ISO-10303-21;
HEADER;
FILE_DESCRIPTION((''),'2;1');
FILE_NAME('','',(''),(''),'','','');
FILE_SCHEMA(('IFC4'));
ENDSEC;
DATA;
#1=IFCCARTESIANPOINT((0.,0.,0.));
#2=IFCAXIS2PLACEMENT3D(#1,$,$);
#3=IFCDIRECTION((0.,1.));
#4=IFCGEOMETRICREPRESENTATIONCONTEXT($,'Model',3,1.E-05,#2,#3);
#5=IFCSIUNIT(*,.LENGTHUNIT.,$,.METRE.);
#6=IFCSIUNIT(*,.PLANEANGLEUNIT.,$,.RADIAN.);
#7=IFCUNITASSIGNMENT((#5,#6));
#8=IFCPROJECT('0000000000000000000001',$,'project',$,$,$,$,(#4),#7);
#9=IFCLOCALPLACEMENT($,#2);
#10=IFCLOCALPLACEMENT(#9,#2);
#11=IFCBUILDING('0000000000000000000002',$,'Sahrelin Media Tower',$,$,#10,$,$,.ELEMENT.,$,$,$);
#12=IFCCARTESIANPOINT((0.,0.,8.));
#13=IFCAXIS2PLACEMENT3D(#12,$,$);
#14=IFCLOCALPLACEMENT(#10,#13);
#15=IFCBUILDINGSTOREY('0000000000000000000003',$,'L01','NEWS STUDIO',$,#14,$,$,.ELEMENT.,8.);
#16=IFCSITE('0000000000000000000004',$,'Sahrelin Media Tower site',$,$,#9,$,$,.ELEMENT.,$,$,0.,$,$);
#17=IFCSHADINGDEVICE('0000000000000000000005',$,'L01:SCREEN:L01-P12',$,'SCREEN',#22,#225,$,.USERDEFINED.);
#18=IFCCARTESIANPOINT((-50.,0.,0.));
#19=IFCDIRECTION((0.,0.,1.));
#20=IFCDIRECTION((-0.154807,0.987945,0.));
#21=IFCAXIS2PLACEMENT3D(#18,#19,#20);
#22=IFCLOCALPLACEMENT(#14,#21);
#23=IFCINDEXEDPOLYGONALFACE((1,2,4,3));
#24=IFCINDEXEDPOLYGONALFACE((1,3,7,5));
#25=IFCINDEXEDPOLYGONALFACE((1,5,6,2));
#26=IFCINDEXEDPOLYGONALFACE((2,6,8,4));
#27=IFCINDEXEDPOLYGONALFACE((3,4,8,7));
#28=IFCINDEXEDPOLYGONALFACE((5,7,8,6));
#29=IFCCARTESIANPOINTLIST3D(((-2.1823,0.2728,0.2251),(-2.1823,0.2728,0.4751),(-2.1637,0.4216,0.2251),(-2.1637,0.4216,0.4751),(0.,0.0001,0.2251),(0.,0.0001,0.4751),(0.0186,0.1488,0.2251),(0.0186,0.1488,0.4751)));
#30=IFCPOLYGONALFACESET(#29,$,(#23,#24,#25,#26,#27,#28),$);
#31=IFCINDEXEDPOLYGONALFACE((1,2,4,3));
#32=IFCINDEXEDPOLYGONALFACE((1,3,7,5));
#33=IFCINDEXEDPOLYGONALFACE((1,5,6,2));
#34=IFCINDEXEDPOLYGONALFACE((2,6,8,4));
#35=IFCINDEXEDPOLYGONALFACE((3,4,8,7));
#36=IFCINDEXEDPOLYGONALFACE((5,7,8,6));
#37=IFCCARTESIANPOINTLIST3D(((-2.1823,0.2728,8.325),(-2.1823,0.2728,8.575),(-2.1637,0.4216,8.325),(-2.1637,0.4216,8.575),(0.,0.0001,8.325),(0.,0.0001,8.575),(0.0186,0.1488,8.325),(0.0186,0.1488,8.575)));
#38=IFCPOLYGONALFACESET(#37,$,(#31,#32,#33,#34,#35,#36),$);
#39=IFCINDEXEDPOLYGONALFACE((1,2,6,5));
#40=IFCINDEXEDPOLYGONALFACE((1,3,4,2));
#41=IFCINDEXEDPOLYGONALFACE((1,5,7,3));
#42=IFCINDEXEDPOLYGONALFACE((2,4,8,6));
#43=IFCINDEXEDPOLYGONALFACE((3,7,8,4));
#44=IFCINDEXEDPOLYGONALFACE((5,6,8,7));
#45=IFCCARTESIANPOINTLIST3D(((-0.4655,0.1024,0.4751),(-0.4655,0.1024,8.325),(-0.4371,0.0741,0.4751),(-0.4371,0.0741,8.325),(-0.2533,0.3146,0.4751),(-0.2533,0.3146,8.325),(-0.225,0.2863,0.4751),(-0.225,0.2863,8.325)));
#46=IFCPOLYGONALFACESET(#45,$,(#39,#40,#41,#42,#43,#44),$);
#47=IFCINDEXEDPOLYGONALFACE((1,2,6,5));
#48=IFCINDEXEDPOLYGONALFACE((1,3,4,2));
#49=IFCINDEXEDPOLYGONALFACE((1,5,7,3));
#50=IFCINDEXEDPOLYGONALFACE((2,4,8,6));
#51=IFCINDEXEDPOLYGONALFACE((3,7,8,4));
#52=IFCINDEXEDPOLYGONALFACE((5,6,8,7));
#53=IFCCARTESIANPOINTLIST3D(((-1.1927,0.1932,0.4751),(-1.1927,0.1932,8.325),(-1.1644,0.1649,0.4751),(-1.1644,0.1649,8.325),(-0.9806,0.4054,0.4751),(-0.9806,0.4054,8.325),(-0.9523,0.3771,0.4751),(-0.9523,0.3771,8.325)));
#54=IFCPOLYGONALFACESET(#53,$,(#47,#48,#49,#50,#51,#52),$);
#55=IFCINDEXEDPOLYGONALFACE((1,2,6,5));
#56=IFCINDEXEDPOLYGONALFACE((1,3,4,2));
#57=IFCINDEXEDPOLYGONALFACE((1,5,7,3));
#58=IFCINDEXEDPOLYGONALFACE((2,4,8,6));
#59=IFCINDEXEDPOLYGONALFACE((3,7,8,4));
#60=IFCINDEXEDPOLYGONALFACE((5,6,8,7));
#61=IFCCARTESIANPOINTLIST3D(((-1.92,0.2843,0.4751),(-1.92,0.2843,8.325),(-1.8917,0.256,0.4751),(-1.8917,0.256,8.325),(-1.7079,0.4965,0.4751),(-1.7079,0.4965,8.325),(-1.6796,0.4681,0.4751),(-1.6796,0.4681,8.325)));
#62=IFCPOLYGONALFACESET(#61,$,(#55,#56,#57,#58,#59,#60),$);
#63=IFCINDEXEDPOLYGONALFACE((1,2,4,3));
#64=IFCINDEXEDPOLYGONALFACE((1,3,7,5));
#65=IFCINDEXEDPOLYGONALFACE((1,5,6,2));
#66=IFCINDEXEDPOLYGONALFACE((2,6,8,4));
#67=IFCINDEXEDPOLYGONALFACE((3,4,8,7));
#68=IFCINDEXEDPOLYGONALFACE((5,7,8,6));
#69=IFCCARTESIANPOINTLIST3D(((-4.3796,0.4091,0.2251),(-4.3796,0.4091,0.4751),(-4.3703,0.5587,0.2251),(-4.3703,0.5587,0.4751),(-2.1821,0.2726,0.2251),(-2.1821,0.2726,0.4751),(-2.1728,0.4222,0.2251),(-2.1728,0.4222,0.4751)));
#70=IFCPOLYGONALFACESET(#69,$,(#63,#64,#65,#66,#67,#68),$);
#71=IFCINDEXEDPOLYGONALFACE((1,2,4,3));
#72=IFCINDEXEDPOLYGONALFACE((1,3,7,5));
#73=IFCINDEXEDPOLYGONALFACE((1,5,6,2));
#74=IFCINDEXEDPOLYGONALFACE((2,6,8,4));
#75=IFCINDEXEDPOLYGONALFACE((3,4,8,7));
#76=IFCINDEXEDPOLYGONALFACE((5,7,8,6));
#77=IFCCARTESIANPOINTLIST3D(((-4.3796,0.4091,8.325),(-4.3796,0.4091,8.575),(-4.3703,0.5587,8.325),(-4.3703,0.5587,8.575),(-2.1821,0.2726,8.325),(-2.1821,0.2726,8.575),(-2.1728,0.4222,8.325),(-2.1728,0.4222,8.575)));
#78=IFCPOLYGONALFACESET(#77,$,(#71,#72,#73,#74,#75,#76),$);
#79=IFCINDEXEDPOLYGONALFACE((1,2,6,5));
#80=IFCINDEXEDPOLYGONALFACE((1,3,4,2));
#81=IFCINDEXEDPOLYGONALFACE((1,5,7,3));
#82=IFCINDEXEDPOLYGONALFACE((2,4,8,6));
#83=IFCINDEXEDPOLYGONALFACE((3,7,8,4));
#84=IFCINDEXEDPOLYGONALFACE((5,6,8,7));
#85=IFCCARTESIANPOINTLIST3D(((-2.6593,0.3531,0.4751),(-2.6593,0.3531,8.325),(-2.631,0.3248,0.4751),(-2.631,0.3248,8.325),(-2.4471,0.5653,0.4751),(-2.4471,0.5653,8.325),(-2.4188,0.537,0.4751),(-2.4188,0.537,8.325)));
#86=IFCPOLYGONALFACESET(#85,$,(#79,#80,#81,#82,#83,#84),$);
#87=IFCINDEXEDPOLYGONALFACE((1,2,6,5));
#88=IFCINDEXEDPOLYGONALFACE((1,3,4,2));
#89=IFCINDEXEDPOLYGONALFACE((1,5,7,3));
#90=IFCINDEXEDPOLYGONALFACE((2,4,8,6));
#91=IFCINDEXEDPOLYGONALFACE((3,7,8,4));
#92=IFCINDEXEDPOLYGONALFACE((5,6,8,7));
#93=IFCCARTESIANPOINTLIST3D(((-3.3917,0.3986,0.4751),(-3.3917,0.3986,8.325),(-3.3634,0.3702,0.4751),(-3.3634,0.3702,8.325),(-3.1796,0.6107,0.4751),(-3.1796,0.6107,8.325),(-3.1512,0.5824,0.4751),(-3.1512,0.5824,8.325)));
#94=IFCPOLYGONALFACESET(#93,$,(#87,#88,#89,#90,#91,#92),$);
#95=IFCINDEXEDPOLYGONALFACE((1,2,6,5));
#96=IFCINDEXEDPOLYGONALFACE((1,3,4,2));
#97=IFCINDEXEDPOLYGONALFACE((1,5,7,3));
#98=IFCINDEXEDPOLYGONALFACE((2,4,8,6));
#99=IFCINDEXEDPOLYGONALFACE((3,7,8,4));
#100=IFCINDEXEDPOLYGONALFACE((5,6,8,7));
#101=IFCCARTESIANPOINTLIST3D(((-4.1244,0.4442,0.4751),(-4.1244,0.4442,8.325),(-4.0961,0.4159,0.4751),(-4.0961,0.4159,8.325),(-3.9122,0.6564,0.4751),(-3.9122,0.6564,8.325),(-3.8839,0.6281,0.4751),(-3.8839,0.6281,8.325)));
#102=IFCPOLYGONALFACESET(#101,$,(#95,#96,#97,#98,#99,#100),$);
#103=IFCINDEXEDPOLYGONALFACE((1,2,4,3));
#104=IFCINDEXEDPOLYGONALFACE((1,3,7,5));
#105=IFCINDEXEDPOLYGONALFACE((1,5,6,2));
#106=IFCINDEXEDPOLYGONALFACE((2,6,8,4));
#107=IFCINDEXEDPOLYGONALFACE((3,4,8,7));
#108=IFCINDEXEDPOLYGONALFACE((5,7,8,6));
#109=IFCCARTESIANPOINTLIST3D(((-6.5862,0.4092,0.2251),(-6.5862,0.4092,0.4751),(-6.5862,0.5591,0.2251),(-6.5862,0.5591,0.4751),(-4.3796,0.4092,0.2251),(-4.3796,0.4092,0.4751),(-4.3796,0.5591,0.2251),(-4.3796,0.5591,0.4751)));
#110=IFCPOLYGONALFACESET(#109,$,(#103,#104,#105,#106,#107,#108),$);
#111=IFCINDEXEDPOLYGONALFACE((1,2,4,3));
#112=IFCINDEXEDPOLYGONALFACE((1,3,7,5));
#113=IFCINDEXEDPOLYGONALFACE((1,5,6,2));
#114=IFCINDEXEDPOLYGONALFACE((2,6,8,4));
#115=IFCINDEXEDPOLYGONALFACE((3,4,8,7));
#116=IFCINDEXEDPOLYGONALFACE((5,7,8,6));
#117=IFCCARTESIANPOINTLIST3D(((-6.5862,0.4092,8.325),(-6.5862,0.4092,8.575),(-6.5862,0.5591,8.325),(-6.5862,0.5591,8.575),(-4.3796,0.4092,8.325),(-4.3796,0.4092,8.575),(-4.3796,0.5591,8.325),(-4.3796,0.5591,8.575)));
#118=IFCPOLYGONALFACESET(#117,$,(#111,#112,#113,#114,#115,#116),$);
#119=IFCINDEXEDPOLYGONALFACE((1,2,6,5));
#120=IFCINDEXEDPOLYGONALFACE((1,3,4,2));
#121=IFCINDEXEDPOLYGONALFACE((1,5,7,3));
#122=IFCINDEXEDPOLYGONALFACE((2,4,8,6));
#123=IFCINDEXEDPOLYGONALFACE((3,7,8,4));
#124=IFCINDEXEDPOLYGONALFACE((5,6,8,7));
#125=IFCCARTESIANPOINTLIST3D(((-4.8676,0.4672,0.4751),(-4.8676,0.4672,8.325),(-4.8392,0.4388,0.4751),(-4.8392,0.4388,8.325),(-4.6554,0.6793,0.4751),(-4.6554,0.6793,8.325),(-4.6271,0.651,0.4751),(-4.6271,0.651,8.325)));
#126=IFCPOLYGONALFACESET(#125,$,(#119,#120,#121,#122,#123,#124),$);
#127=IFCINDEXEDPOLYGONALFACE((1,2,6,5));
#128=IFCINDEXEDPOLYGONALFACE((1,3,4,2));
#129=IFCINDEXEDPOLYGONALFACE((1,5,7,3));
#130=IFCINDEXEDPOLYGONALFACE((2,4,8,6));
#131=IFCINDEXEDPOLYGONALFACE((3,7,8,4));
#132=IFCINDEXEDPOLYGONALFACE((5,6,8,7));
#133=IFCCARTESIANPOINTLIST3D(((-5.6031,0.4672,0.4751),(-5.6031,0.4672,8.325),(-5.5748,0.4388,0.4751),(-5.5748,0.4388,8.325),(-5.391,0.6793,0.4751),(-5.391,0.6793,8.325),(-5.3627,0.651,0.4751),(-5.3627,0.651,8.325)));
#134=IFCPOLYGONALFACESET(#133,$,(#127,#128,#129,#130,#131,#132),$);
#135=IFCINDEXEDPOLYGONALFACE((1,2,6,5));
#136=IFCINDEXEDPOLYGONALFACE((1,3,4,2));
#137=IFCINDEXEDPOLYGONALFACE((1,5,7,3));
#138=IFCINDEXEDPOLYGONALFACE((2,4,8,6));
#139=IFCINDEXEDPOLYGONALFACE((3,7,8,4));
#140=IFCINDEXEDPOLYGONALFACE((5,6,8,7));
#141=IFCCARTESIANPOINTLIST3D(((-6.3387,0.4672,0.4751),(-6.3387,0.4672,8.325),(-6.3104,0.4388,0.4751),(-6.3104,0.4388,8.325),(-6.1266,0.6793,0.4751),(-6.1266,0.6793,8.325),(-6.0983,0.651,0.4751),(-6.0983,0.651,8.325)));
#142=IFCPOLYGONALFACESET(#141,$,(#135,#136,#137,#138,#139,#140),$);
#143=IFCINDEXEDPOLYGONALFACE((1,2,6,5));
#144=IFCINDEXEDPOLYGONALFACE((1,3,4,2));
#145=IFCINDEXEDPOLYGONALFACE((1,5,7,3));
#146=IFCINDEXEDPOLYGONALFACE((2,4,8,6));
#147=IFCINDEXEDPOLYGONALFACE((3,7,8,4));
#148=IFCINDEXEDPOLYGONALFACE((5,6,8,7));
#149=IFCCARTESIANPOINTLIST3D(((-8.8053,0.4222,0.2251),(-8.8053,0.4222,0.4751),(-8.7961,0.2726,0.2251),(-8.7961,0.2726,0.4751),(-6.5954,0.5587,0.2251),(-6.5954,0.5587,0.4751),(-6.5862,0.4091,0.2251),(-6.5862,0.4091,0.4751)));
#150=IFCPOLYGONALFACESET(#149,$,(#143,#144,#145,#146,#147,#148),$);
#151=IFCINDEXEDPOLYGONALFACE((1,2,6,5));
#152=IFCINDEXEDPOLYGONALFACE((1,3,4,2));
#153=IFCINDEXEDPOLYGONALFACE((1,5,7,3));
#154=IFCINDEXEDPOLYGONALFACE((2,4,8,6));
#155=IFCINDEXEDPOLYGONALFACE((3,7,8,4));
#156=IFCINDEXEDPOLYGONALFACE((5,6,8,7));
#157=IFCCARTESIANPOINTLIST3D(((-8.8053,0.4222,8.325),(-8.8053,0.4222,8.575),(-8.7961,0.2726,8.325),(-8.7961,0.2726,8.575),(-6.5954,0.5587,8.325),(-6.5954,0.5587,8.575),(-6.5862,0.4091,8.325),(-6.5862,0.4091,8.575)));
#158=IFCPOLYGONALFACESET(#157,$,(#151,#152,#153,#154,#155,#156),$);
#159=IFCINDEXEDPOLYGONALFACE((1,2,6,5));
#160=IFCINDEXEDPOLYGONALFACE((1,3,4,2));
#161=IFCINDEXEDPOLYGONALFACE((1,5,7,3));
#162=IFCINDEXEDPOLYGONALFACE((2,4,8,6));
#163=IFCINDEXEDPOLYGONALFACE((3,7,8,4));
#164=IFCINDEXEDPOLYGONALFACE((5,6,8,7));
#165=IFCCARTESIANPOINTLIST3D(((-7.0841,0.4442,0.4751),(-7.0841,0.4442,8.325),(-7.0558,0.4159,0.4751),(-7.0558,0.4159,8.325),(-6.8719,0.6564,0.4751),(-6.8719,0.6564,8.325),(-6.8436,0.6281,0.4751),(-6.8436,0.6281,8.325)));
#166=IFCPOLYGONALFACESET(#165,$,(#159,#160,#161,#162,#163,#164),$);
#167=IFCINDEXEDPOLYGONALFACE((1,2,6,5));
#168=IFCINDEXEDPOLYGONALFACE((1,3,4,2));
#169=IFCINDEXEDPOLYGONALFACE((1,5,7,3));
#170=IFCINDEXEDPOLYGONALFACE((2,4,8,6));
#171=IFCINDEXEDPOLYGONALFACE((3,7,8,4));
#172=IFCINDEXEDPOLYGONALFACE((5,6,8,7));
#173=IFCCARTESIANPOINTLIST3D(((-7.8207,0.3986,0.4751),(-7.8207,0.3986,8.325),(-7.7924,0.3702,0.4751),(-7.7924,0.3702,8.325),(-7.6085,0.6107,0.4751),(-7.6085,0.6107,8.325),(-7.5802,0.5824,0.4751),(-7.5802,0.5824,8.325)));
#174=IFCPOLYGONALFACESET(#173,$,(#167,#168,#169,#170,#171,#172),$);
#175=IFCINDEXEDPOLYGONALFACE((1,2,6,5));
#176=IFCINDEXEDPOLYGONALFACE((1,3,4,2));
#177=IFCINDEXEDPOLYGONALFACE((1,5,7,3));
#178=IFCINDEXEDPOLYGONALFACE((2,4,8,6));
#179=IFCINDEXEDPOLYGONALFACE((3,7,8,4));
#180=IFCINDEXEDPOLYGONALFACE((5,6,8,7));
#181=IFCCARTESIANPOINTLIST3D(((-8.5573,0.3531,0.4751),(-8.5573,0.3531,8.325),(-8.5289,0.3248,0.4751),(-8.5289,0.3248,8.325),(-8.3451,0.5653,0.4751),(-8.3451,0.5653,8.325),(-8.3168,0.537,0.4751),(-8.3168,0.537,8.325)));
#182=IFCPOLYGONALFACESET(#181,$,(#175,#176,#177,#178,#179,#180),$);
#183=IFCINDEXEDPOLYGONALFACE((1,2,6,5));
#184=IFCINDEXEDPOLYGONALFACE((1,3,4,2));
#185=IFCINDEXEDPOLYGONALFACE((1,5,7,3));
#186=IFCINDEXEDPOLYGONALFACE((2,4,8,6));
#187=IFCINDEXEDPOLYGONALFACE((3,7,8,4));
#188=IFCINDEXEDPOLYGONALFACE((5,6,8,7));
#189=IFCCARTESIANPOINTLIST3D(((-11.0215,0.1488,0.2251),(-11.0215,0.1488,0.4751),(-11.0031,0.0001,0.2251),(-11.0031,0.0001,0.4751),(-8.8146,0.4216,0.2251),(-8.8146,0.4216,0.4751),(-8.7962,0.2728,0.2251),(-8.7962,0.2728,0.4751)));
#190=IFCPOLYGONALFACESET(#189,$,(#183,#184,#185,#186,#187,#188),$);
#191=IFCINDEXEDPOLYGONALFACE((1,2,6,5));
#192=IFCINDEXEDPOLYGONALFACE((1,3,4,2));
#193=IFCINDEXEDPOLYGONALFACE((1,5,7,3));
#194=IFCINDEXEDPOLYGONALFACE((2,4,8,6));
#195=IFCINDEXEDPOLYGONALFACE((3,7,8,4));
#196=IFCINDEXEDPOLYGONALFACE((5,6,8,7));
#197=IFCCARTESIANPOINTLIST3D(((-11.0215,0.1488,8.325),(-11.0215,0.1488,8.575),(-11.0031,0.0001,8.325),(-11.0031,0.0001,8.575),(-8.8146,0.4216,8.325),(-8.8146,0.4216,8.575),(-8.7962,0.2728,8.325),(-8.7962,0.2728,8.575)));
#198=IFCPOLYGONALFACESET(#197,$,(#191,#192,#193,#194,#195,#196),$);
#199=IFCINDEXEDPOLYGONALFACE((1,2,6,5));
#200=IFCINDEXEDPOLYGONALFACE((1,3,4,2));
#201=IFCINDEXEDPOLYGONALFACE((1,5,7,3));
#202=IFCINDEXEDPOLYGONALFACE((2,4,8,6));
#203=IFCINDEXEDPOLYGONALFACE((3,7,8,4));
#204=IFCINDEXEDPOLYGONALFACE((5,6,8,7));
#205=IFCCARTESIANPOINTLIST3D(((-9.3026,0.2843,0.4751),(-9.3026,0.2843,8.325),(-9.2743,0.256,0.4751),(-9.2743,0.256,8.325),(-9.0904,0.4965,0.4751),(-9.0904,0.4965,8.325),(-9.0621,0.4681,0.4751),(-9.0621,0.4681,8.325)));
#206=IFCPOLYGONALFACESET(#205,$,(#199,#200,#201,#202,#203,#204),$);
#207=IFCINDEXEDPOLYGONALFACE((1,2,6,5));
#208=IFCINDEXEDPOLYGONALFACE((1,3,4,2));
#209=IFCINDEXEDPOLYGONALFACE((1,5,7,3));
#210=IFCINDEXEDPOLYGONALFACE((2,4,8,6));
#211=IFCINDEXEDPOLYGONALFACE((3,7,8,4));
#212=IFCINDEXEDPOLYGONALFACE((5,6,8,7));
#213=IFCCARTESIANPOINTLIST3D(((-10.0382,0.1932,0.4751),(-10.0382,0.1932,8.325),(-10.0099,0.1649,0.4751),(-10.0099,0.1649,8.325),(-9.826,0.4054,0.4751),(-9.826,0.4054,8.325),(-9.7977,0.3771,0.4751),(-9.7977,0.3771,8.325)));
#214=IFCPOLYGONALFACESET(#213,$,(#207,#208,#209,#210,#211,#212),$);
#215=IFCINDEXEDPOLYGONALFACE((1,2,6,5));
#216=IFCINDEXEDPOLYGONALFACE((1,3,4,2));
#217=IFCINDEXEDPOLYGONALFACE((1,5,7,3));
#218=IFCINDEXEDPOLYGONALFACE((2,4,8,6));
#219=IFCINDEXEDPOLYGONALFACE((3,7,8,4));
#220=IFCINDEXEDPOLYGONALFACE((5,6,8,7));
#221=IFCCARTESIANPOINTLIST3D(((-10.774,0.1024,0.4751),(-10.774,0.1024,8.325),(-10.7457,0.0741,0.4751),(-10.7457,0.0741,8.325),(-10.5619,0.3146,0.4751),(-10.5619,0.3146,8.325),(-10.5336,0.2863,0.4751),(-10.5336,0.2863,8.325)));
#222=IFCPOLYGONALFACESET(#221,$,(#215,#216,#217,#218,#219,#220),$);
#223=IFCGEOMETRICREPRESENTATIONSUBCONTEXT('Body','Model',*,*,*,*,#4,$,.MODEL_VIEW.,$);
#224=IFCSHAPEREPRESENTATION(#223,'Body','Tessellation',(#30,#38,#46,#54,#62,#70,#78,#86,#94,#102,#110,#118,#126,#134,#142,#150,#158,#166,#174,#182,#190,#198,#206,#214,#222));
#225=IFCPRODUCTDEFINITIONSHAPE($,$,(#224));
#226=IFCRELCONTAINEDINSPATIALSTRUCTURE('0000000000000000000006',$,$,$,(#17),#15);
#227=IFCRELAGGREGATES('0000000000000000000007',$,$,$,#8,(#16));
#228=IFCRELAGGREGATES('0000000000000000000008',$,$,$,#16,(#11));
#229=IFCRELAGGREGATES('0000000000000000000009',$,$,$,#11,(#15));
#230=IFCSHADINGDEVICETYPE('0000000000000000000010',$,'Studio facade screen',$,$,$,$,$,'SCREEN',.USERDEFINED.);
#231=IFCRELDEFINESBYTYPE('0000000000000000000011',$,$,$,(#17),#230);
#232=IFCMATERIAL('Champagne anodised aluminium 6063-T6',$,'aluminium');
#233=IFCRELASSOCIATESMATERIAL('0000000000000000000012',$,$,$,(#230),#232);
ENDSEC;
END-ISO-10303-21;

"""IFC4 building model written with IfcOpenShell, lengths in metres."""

from ifc_helpers import new_model, si_unit, direction, frame, origin, origin_2d, place, context, subcontext, project, spatial, rectangle, extrude, material, type_object, element, save


model = new_model("IFC4")

# Units and contexts
model_context = context("Model", 3, precision=1e-05, world=origin(), true_north=direction((0.0, 1.0)))
body_context = subcontext(model_context, "Body", "Model", "MODEL_VIEW")
ifc_project = project(units=[si_unit("LENGTHUNIT", "METRE"), si_unit("PLANEANGLEUNIT", "RADIAN")], contexts=[model_context])

# Site, building, storey
site_placement = place(None, origin())
site = spatial("IfcSite", under=ifc_project, at=site_placement, Name="Sahrelin Media Tower site", CompositionType="ELEMENT", RefElevation=0.0)
building_placement = place(site_placement, origin())
building = spatial("IfcBuilding", under=site, at=building_placement, Name="Sahrelin Media Tower", CompositionType="ELEMENT")
storey_placement = place(building_placement, frame((0.0, 0.0, 8.0)))
storey = spatial("IfcBuildingStorey", under=building, at=storey_placement, Name="L01", Description="NEWS STUDIO", CompositionType="ELEMENT", Elevation=8.0)

# Shading device
ifc_material_1 = material(Name="Champagne anodised aluminium 6063-T6", Category="aluminium")
shading_device_type = type_object("IfcShadingDeviceType", Name="Studio facade screen", ElementType="SCREEN", PredefinedType="USERDEFINED", material=ifc_material_1)
shading_device_1_placement = place(storey_placement, frame((-50.0, 0.0, 0.0), z_axis=(0.0, 0.0, 1.0), x_axis=(-0.154807, 0.987945, 0.0)))
element("IfcShadingDevice", 1, at=shading_device_1_placement, inside=storey, type_object=shading_device_type, Name="L01:SCREEN:L01-P12", ObjectType="SCREEN", PredefinedType="USERDEFINED", context=body_context, shape_type="SweptSolid", body=[
    extrude(rectangle(XDim=0.1499, YDim=0.25, at=origin_2d()), frame((0.0093, 0.0745, 0.3501), z_axis=(-0.992281, 0.124007, 0.0), x_axis=(-0.124007, -0.992281, 0.0)), (0.0, 0.0, 1.0), 2.1992),
    extrude(rectangle(XDim=0.1499, YDim=0.25, at=origin_2d()), frame((0.0093, 0.0745, 8.45), z_axis=(-0.992281, 0.124007, 0.0), x_axis=(-0.124007, -0.992281, 0.0)), (0.0, 0.0, 1.0), 2.1992),
    extrude(rectangle(XDim=0.3, YDim=0.04, at=origin_2d()), frame((-0.3452, 0.1943, 0.4751), z_axis=(0.0, 0.0, 1.0), x_axis=(0.707107, 0.707107, 0.0)), (0.0, 0.0, 1.0), 7.8499),
    extrude(rectangle(XDim=0.3, YDim=0.04, at=origin_2d()), frame((-1.0725, 0.2852, 0.4751), z_axis=(0.0, 0.0, 1.0), x_axis=(0.707107, 0.707107, 0.0)), (0.0, 0.0, 1.0), 7.8499),
    extrude(rectangle(XDim=0.3, YDim=0.04, at=origin_2d()), frame((-1.7998, 0.3762, 0.4751), z_axis=(0.0, 0.0, 1.0), x_axis=(0.707107, 0.707107, 0.0)), (0.0, 0.0, 1.0), 7.8499),
    extrude(rectangle(XDim=0.1499, YDim=0.25, at=origin_2d()), frame((-2.1775, 0.3474, 0.3501), z_axis=(-0.998077, 0.061985, 0.0), x_axis=(-0.061985, -0.998077, 0.0)), (0.0, 0.0, 1.0), 2.2017),
    extrude(rectangle(XDim=0.1499, YDim=0.25, at=origin_2d()), frame((-2.1775, 0.3474, 8.45), z_axis=(-0.998077, 0.061985, 0.0), x_axis=(-0.061985, -0.998077, 0.0)), (0.0, 0.0, 1.0), 2.2017),
    extrude(rectangle(XDim=0.3, YDim=0.04, at=origin_2d()), frame((-2.5391, 0.4451, 0.4751), z_axis=(0.0, 0.0, 1.0), x_axis=(0.707107, 0.707107, 0.0)), (0.0, 0.0, 1.0), 7.8499),
    extrude(rectangle(XDim=0.3, YDim=0.04, at=origin_2d()), frame((-3.2715, 0.4905, 0.4751), z_axis=(0.0, 0.0, 1.0), x_axis=(0.707107, 0.707107, 0.0)), (0.0, 0.0, 1.0), 7.8499),
    extrude(rectangle(XDim=0.3, YDim=0.04, at=origin_2d()), frame((-4.0042, 0.5361, 0.4751), z_axis=(0.0, 0.0, 1.0), x_axis=(0.707107, 0.707107, 0.0)), (0.0, 0.0, 1.0), 7.8499),
    extrude(rectangle(XDim=0.1499, YDim=0.25, at=origin_2d()), frame((-4.3796, 0.4841, 0.3501), z_axis=(-1.0, 0.0, 0.0), x_axis=(0.0, -1.0, 0.0)), (0.0, 0.0, 1.0), 2.2065),
    extrude(rectangle(XDim=0.1499, YDim=0.25, at=origin_2d()), frame((-4.3796, 0.4841, 8.45), z_axis=(-1.0, 0.0, 0.0), x_axis=(0.0, -1.0, 0.0)), (0.0, 0.0, 1.0), 2.2065),
    extrude(rectangle(XDim=0.3, YDim=0.04, at=origin_2d()), frame((-4.7473, 0.5591, 0.4751), z_axis=(0.0, 0.0, 1.0), x_axis=(0.707107, 0.707107, 0.0)), (0.0, 0.0, 1.0), 7.8499),
    extrude(rectangle(XDim=0.3, YDim=0.04, at=origin_2d()), frame((-5.4829, 0.5591, 0.4751), z_axis=(0.0, 0.0, 1.0), x_axis=(0.707107, 0.707107, 0.0)), (0.0, 0.0, 1.0), 7.8499),
    extrude(rectangle(XDim=0.3, YDim=0.04, at=origin_2d()), frame((-6.2185, 0.5591, 0.4751), z_axis=(0.0, 0.0, 1.0), x_axis=(0.707107, 0.707107, 0.0)), (0.0, 0.0, 1.0), 7.8499),
    extrude(rectangle(XDim=0.1499, YDim=0.25, at=origin_2d()), frame((-6.5908, 0.4839, 0.3501), z_axis=(-0.998099, -0.061637, 0.0), x_axis=(0.061637, -0.998099, 0.0)), (0.0, 0.0, 1.0), 2.2141),
    extrude(rectangle(XDim=0.1499, YDim=0.25, at=origin_2d()), frame((-6.5908, 0.4839, 8.45), z_axis=(-0.998099, -0.061637, 0.0), x_axis=(0.061637, -0.998099, 0.0)), (0.0, 0.0, 1.0), 2.2141),
    extrude(rectangle(XDim=0.3, YDim=0.04, at=origin_2d()), frame((-6.9639, 0.5361, 0.4751), z_axis=(0.0, 0.0, 1.0), x_axis=(0.707107, 0.707107, 0.0)), (0.0, 0.0, 1.0), 7.8499),
    extrude(rectangle(XDim=0.3, YDim=0.04, at=origin_2d()), frame((-7.7004, 0.4905, 0.4751), z_axis=(0.0, 0.0, 1.0), x_axis=(0.707107, 0.707107, 0.0)), (0.0, 0.0, 1.0), 7.8499),
    extrude(rectangle(XDim=0.3, YDim=0.04, at=origin_2d()), frame((-8.437, 0.4451, 0.4751), z_axis=(0.0, 0.0, 1.0), x_axis=(0.707107, 0.707107, 0.0)), (0.0, 0.0, 1.0), 7.8499),
    extrude(rectangle(XDim=0.1499, YDim=0.25, at=origin_2d()), frame((-8.8054, 0.3472, 0.3501), z_axis=(-0.992451, -0.122643, 0.0), x_axis=(0.122643, -0.992451, 0.0)), (0.0, 0.0, 1.0), 2.2236),
    extrude(rectangle(XDim=0.1499, YDim=0.25, at=origin_2d()), frame((-8.8054, 0.3472, 8.45), z_axis=(-0.992451, -0.122643, 0.0), x_axis=(0.122643, -0.992451, 0.0)), (0.0, 0.0, 1.0), 2.2236),
    extrude(rectangle(XDim=0.3, YDim=0.04, at=origin_2d()), frame((-9.1824, 0.3762, 0.4751), z_axis=(0.0, 0.0, 1.0), x_axis=(0.707107, 0.707107, 0.0)), (0.0, 0.0, 1.0), 7.8499),
    extrude(rectangle(XDim=0.3, YDim=0.04, at=origin_2d()), frame((-9.918, 0.2852, 0.4751), z_axis=(0.0, 0.0, 1.0), x_axis=(0.707107, 0.707107, 0.0)), (0.0, 0.0, 1.0), 7.8499),
    extrude(rectangle(XDim=0.3, YDim=0.04, at=origin_2d()), frame((-10.6538, 0.1943, 0.4751), z_axis=(0.0, 0.0, 1.0), x_axis=(0.707107, 0.707107, 0.0)), (0.0, 0.0, 1.0), 7.8499),
])

save(model, "model.ifc")
